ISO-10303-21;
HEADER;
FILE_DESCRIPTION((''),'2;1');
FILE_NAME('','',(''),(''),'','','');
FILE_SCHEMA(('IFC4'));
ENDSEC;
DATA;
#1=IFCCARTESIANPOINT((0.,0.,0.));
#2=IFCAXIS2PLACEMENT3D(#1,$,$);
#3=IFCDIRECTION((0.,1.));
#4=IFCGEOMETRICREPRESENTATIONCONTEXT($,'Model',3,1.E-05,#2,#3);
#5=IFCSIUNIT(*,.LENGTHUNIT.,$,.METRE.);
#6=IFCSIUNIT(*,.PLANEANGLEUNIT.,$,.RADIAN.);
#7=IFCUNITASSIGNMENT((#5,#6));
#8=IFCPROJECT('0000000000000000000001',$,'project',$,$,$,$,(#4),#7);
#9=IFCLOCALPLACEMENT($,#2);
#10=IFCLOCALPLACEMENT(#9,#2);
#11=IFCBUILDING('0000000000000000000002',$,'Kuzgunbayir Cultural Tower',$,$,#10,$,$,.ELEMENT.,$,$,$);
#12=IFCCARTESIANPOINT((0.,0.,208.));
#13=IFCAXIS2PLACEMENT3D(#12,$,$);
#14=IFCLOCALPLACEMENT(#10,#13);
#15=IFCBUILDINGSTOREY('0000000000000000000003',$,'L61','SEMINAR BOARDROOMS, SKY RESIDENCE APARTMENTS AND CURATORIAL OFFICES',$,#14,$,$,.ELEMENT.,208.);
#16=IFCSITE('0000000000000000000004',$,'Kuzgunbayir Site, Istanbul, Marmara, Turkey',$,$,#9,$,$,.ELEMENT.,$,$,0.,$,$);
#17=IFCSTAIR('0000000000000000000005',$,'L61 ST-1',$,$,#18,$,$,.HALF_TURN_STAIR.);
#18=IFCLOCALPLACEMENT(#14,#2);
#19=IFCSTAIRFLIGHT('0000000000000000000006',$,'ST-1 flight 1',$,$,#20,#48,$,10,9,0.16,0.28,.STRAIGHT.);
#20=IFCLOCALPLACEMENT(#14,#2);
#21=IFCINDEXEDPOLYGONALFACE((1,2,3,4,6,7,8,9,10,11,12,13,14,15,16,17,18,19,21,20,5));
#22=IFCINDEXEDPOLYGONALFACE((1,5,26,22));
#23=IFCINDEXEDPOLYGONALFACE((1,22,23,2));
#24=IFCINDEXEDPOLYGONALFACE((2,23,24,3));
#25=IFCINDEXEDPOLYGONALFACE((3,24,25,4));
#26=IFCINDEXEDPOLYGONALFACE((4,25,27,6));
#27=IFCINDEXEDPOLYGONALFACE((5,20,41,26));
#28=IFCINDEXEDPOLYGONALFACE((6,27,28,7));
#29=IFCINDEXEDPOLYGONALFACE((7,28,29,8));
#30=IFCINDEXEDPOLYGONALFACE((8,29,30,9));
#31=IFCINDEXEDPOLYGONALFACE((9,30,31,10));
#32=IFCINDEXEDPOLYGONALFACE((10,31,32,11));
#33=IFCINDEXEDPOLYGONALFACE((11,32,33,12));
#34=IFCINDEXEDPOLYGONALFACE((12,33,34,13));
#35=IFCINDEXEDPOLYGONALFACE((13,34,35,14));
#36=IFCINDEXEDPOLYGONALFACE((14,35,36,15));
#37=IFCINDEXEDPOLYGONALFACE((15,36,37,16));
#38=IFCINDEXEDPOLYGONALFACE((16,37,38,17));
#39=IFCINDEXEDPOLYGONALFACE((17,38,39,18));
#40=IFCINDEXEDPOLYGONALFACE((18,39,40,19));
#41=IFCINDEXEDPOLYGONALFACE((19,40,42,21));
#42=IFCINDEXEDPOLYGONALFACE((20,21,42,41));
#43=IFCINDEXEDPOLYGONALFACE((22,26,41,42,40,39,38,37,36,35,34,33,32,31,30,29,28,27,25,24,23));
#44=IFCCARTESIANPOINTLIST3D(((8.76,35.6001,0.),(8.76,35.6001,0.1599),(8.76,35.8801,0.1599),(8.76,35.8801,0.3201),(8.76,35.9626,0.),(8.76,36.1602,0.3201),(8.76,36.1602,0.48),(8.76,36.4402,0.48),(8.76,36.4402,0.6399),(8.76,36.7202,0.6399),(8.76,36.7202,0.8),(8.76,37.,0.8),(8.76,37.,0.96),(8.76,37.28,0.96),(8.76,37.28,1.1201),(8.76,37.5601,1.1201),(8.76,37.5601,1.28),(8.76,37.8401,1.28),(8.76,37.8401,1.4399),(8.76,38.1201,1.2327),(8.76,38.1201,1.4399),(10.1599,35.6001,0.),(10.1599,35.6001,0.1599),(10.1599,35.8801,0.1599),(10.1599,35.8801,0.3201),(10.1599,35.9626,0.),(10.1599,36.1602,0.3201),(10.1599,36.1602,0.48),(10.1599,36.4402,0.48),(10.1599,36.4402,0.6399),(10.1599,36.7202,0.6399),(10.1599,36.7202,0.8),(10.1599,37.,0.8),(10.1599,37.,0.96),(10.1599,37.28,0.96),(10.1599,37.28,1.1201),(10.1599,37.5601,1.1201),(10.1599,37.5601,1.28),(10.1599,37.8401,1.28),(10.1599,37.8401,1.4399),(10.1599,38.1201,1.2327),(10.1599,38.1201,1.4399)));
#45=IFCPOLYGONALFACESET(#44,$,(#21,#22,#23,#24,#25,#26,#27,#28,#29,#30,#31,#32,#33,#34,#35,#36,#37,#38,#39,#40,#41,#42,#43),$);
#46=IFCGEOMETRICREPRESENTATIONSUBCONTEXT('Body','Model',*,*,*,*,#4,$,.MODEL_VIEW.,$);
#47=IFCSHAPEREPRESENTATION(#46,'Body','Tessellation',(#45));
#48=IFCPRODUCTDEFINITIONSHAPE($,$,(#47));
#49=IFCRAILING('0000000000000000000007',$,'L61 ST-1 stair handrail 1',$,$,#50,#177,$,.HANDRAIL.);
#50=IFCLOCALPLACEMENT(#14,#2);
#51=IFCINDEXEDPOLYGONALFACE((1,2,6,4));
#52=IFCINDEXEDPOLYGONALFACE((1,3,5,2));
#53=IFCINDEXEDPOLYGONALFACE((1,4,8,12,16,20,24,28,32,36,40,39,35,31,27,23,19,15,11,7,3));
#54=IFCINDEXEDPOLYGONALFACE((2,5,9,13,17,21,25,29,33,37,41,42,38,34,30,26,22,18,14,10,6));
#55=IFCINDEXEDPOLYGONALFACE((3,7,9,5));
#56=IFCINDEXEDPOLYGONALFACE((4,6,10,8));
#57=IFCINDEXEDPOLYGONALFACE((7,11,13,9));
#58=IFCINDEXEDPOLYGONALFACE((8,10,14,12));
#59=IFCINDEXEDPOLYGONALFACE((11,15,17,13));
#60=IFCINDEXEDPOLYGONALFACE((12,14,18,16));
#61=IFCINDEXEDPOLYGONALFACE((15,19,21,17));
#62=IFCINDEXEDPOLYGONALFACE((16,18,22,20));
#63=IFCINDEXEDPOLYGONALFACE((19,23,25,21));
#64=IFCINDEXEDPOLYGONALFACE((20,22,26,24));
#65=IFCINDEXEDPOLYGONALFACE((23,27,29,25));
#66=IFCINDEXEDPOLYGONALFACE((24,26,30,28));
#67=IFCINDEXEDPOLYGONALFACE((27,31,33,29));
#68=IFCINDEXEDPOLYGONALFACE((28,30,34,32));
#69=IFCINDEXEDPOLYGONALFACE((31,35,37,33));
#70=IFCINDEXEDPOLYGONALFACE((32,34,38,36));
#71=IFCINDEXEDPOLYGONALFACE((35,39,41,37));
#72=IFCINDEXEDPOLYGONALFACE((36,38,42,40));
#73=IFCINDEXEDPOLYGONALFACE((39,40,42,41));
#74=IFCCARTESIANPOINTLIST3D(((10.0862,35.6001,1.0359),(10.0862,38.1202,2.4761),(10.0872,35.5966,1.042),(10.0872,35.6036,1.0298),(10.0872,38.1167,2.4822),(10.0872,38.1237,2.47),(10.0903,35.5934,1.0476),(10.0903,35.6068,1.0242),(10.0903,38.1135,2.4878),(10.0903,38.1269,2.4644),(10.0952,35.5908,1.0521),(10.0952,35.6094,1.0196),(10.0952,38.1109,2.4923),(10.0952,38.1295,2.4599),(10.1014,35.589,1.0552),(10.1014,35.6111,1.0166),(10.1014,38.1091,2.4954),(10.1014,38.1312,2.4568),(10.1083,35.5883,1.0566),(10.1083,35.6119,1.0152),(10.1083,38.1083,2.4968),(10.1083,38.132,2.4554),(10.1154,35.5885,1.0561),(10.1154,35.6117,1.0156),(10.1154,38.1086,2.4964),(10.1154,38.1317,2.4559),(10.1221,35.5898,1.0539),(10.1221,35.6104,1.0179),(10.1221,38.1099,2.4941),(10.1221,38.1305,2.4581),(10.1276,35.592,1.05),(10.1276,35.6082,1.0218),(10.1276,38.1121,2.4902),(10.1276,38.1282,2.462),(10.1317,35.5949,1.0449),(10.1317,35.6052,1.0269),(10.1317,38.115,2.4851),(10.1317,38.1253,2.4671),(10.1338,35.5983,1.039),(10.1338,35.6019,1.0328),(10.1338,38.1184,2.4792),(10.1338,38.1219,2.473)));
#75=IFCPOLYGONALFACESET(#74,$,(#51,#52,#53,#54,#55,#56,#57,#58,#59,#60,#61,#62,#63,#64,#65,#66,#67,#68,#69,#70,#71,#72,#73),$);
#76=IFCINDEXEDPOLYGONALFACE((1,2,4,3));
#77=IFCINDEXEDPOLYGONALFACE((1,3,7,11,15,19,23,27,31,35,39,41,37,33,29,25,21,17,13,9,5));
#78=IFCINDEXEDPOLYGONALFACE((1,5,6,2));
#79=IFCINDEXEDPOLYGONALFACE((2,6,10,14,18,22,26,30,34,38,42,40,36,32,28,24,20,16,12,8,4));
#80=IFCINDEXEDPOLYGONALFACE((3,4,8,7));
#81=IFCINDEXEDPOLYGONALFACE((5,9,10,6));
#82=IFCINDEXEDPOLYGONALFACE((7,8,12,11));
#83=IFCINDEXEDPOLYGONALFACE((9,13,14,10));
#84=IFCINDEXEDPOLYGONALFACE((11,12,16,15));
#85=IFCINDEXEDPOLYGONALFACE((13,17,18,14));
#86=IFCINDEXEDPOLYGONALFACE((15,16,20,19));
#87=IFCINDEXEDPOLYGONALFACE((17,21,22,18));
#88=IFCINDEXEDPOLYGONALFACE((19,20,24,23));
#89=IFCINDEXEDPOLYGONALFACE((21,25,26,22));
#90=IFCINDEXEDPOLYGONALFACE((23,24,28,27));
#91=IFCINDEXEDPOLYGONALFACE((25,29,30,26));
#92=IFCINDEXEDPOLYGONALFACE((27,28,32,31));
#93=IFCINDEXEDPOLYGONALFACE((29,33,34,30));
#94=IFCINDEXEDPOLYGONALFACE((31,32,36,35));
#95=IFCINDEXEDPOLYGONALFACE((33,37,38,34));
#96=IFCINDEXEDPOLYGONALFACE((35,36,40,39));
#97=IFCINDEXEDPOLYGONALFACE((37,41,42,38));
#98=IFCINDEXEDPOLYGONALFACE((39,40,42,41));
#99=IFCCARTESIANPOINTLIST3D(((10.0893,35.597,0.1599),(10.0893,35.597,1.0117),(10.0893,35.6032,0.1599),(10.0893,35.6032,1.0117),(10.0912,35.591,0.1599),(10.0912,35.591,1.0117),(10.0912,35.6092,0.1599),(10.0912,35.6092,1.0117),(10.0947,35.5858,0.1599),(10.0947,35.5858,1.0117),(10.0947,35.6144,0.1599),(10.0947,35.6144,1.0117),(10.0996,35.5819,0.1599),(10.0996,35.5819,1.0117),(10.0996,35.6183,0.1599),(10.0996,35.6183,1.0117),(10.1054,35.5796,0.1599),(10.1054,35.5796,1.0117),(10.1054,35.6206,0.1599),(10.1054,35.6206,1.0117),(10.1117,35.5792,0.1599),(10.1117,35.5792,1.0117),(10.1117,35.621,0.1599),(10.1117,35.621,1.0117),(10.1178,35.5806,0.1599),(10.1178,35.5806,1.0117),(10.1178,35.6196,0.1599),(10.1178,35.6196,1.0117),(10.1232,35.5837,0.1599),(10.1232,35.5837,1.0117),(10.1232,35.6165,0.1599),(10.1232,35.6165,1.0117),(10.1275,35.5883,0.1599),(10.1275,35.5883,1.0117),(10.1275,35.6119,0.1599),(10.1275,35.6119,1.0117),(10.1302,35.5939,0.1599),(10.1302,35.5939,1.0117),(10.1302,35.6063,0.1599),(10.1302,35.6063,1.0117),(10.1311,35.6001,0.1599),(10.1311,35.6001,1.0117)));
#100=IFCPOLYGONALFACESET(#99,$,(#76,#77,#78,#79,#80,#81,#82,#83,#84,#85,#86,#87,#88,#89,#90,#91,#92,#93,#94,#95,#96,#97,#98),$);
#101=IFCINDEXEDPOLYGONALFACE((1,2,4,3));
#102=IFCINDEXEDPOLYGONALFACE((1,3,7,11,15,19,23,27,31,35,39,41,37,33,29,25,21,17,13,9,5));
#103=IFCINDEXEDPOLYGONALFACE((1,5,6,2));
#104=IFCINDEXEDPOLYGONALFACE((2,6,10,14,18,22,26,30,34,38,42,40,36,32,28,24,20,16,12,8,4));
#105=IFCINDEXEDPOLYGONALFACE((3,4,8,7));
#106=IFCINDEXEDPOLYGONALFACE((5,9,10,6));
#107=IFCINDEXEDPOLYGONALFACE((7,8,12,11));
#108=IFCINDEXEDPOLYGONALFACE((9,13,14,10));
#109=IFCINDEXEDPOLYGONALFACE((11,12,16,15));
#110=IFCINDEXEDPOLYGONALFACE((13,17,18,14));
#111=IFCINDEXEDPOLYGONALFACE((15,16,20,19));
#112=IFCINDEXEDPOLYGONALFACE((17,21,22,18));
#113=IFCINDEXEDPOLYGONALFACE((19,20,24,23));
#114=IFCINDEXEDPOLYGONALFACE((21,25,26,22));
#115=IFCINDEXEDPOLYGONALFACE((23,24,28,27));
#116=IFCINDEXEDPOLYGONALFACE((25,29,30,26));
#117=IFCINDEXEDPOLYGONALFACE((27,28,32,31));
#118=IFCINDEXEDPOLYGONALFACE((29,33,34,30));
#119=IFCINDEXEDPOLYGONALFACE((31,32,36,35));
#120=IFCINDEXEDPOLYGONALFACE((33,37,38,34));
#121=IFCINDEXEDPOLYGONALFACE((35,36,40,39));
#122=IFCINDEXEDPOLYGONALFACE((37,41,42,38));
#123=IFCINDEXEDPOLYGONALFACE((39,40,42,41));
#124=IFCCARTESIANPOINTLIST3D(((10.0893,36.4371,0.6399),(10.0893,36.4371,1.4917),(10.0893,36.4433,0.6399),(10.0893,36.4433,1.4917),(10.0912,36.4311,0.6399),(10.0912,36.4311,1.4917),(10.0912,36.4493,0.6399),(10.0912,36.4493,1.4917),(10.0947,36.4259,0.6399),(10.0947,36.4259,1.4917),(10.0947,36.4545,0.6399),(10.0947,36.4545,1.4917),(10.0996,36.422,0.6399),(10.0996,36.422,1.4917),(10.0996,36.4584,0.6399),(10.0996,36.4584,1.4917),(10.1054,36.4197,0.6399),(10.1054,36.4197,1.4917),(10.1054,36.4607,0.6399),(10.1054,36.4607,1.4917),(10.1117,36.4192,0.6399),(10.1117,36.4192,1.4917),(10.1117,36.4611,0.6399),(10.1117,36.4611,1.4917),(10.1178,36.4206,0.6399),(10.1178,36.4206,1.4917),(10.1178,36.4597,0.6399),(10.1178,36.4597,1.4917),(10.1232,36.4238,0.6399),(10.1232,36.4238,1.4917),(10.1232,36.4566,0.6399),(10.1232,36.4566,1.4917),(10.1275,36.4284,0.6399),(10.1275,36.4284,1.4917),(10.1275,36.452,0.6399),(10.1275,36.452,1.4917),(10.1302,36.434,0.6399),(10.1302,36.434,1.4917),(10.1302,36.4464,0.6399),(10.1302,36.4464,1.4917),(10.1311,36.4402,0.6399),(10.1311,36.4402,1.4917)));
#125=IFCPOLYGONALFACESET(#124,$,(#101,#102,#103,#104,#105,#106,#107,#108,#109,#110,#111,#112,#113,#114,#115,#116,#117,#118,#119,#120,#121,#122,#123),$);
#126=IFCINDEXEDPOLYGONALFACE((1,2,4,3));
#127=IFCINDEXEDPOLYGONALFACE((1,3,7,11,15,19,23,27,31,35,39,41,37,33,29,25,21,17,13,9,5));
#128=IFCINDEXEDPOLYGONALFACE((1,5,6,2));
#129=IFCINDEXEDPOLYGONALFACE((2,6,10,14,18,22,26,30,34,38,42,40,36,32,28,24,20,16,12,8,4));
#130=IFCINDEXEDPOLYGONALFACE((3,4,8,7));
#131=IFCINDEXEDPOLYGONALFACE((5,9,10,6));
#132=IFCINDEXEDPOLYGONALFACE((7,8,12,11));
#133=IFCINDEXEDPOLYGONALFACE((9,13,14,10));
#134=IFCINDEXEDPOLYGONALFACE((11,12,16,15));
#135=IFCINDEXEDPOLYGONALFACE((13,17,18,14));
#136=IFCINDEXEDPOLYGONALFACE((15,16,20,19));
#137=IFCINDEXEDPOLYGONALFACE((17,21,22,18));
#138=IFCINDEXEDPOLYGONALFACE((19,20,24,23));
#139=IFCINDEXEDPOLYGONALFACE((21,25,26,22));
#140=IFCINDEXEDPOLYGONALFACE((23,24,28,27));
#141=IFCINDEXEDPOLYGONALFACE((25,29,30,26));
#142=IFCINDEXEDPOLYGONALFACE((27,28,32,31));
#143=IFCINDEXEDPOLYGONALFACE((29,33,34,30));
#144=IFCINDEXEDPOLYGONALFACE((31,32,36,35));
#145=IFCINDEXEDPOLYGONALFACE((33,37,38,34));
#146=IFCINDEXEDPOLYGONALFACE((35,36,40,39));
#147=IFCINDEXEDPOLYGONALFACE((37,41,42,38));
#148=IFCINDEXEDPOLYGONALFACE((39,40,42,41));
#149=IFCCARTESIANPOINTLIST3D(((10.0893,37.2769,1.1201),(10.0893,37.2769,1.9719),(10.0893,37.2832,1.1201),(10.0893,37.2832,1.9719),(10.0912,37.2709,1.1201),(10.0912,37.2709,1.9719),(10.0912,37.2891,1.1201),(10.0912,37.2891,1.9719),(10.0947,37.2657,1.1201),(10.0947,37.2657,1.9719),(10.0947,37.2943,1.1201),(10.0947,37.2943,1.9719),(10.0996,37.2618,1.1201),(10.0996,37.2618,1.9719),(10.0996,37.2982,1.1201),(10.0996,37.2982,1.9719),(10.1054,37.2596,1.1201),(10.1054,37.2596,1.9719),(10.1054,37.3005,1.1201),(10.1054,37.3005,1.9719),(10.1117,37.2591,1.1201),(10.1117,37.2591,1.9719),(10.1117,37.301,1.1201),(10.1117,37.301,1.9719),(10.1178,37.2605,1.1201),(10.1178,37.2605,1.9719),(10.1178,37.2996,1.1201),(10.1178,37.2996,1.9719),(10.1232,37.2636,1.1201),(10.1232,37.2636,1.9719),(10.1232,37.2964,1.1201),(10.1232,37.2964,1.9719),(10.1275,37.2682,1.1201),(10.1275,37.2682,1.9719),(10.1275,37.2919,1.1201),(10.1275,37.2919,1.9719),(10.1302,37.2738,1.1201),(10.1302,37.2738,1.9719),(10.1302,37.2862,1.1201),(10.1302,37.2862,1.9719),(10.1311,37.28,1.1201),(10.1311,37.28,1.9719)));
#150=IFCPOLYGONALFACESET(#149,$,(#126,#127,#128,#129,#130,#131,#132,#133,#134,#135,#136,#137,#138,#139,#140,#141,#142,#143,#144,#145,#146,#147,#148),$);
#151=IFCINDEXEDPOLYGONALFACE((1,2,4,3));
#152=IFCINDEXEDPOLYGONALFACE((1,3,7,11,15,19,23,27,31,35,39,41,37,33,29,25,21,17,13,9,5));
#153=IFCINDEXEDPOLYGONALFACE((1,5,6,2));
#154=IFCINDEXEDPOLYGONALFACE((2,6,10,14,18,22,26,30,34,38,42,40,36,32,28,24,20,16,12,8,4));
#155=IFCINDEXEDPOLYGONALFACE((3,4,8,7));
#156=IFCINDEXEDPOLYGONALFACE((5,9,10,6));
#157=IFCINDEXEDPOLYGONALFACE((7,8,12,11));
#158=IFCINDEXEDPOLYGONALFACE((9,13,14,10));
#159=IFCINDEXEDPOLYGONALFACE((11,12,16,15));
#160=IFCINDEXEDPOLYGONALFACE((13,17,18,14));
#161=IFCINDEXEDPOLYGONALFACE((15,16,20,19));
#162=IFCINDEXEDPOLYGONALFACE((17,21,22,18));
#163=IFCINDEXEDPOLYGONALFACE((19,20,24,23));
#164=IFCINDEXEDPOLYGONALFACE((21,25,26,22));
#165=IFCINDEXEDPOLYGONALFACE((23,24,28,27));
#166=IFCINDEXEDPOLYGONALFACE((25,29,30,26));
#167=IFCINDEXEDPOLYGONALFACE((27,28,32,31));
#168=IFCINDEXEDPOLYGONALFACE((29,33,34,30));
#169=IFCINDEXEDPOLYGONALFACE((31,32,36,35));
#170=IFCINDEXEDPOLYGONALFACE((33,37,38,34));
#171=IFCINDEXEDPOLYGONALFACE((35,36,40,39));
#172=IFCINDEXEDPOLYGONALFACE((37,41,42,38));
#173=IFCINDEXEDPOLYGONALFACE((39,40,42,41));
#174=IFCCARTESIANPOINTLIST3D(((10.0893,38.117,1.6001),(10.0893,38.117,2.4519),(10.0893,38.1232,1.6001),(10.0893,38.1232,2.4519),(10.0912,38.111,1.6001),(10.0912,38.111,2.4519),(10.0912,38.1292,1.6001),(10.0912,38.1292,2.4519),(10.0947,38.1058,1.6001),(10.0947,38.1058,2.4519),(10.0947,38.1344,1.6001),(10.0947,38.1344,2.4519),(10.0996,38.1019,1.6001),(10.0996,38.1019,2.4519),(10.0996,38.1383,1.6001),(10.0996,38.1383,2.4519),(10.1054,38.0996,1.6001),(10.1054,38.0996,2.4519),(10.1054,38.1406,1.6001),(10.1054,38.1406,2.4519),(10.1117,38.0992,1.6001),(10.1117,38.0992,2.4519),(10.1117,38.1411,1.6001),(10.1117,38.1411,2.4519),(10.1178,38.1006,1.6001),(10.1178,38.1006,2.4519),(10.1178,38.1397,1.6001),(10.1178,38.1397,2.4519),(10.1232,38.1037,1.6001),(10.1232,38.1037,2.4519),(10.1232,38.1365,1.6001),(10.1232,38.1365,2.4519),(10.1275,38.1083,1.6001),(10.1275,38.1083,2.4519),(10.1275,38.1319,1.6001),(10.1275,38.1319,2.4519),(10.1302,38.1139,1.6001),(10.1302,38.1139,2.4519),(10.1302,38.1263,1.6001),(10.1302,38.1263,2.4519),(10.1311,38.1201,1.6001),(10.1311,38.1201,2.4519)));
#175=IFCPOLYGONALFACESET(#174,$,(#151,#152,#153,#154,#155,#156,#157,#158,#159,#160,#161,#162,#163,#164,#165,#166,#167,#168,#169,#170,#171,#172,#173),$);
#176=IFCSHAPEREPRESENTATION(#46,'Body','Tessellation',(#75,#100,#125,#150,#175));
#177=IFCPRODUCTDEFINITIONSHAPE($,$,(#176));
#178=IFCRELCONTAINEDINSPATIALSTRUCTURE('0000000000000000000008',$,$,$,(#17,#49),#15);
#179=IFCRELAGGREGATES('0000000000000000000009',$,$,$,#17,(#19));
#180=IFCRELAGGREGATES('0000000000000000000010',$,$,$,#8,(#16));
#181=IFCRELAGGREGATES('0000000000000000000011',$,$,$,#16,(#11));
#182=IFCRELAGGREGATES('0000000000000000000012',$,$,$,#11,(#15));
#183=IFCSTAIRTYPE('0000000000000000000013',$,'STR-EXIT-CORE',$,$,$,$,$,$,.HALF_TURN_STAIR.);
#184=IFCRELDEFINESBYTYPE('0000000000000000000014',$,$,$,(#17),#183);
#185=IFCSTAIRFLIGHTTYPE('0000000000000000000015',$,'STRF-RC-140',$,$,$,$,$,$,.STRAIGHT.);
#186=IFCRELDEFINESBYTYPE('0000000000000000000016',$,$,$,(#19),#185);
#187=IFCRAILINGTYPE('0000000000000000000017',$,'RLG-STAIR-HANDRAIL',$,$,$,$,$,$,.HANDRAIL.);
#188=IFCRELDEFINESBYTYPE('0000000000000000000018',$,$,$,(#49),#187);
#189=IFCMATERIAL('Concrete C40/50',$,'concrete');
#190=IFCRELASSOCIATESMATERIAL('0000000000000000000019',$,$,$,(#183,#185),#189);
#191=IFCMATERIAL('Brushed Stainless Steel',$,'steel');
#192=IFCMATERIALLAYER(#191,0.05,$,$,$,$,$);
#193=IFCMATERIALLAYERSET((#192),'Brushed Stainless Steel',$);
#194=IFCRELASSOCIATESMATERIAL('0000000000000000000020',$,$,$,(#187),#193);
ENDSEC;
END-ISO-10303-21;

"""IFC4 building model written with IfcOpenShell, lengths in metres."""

from ifc_helpers import new_model, si_unit, direction, frame, origin, origin_2d, place, context, subcontext, project, spatial, polyline, circle, outline, extrude, material, layer, layer_set, type_object, element, aggregate, save


model = new_model("IFC4")

# Units and contexts
model_context = context("Model", 3, precision=1e-05, world=origin(), true_north=direction((0.0, 1.0)))
body_context = subcontext(model_context, "Body", "Model", "MODEL_VIEW")
ifc_project = project(units=[si_unit("LENGTHUNIT", "METRE"), si_unit("PLANEANGLEUNIT", "RADIAN")], contexts=[model_context])

# Site, building, storey
site_placement = place(None, origin())
site = spatial("IfcSite", under=ifc_project, at=site_placement, Name="Kuzgunbayir Site, Istanbul, Marmara, Turkey", CompositionType="ELEMENT", RefElevation=0.0)
building_placement = place(site_placement, origin())
building = spatial("IfcBuilding", under=site, at=building_placement, Name="Kuzgunbayir Cultural Tower", CompositionType="ELEMENT")
storey_placement = place(building_placement, frame((0.0, 0.0, 208.0)))
storey = spatial("IfcBuildingStorey", under=building, at=storey_placement, Name="L61", Description="SEMINAR BOARDROOMS, SKY RESIDENCE APARTMENTS AND CURATORIAL OFFICES", CompositionType="ELEMENT", Elevation=208.0)

# Shared definitions
ifc_material_1 = material(Name="Concrete C40/50", Category="concrete")
ifc_material_2 = material(Name="Brushed Stainless Steel", Category="steel")

# Stair, stair flight
stair_type = type_object("IfcStairType", Name="STR-EXIT-CORE", PredefinedType="HALF_TURN_STAIR", material=ifc_material_1)
stair_placement = place(storey_placement, origin())
stair = element("IfcStair", 1, at=stair_placement, inside=storey, type_object=stair_type, Name="L61 ST-1", PredefinedType="HALF_TURN_STAIR")
stair_flight_type = type_object("IfcStairFlightType", Name="STRF-RC-140", PredefinedType="STRAIGHT", material=ifc_material_1)
stair_flight_placement = place(storey_placement, frame((9.46, 35.6001, 0.0), z_axis=(0.0, 0.0, 1.0), x_axis=(0.0, 1.0, 0.0)))
stair_flight = element("IfcStairFlight", 2, at=stair_flight_placement, type_object=stair_flight_type, Name="ST-1 flight 1", NumberOfRisers=10, NumberOfTreads=9, PredefinedType="STRAIGHT", RiserHeight=0.16, TreadLength=0.28, context=body_context, shape_type="SweptSolid", body=[
    extrude(outline(polyline([(0.0, 0.0), (0.0, 0.1599), (0.28, 0.1599), (0.28, 0.3201), (0.5601, 0.3201), (0.5601, 0.48), (0.8401, 0.48), (0.8401, 0.6399), (1.1201, 0.6399), (1.1201, 0.8), (1.3999, 0.8), (1.3999, 0.96), (1.6799, 0.96), (1.6799, 1.1201), (1.96, 1.1201), (1.96, 1.28), (2.24, 1.28), (2.24, 1.4399), (2.52, 1.4399), (2.52, 1.6001), (2.52, 1.2327), (0.3625, 0.0), (0.0, 0.0)])), frame((0.0, 0.7, 0.0), z_axis=(0.0, -1.0, 0.0), x_axis=(1.0, 0.0, 0.0)), (0.0, 0.0, 1.0), 1.3999),
])
aggregate(stair, [stair_flight])

# Railing
ifc_layer_1 = layer(ifc_material_2, 0.05)
ifc_layer_set_1 = layer_set([ifc_layer_1], Name="Brushed Stainless Steel")
railing_type_1 = type_object("IfcRailingType", Name="RLG-STAIR-HANDRAIL", PredefinedType="HANDRAIL", material=ifc_layer_set_1)
railing_1_placement = place(storey_placement, frame((10.1101, 35.6001, 0.1599)))
element("IfcRailing", 3, at=railing_1_placement, inside=storey, type_object=railing_type_1, Name="L61 ST-1 stair handrail 1", PredefinedType="HANDRAIL", context=body_context, shape_type="SweptSolid", body=[
    extrude(circle(Radius=0.0239, at=origin_2d()), frame((0.0, 0.0, 0.876), z_axis=(0.0, 0.868217, 0.496184), x_axis=(-1.0, 0.0, 0.0)), (0.0, 0.0, 1.0), 2.9026),
    extrude(circle(Radius=0.021, at=origin_2d()), origin(), (0.0, 0.0, 1.0), 0.8518),
    extrude(circle(Radius=0.021, at=origin_2d()), frame((0.0, 0.8401, 0.48)), (0.0, 0.0, 1.0), 0.8518),
    extrude(circle(Radius=0.021, at=origin_2d()), frame((0.0, 1.6799, 0.9602)), (0.0, 0.0, 1.0), 0.8518),
    extrude(circle(Radius=0.021, at=origin_2d()), frame((0.0, 2.52, 1.4402)), (0.0, 0.0, 1.0), 0.8518),
])

save(model, "model.ifc")
